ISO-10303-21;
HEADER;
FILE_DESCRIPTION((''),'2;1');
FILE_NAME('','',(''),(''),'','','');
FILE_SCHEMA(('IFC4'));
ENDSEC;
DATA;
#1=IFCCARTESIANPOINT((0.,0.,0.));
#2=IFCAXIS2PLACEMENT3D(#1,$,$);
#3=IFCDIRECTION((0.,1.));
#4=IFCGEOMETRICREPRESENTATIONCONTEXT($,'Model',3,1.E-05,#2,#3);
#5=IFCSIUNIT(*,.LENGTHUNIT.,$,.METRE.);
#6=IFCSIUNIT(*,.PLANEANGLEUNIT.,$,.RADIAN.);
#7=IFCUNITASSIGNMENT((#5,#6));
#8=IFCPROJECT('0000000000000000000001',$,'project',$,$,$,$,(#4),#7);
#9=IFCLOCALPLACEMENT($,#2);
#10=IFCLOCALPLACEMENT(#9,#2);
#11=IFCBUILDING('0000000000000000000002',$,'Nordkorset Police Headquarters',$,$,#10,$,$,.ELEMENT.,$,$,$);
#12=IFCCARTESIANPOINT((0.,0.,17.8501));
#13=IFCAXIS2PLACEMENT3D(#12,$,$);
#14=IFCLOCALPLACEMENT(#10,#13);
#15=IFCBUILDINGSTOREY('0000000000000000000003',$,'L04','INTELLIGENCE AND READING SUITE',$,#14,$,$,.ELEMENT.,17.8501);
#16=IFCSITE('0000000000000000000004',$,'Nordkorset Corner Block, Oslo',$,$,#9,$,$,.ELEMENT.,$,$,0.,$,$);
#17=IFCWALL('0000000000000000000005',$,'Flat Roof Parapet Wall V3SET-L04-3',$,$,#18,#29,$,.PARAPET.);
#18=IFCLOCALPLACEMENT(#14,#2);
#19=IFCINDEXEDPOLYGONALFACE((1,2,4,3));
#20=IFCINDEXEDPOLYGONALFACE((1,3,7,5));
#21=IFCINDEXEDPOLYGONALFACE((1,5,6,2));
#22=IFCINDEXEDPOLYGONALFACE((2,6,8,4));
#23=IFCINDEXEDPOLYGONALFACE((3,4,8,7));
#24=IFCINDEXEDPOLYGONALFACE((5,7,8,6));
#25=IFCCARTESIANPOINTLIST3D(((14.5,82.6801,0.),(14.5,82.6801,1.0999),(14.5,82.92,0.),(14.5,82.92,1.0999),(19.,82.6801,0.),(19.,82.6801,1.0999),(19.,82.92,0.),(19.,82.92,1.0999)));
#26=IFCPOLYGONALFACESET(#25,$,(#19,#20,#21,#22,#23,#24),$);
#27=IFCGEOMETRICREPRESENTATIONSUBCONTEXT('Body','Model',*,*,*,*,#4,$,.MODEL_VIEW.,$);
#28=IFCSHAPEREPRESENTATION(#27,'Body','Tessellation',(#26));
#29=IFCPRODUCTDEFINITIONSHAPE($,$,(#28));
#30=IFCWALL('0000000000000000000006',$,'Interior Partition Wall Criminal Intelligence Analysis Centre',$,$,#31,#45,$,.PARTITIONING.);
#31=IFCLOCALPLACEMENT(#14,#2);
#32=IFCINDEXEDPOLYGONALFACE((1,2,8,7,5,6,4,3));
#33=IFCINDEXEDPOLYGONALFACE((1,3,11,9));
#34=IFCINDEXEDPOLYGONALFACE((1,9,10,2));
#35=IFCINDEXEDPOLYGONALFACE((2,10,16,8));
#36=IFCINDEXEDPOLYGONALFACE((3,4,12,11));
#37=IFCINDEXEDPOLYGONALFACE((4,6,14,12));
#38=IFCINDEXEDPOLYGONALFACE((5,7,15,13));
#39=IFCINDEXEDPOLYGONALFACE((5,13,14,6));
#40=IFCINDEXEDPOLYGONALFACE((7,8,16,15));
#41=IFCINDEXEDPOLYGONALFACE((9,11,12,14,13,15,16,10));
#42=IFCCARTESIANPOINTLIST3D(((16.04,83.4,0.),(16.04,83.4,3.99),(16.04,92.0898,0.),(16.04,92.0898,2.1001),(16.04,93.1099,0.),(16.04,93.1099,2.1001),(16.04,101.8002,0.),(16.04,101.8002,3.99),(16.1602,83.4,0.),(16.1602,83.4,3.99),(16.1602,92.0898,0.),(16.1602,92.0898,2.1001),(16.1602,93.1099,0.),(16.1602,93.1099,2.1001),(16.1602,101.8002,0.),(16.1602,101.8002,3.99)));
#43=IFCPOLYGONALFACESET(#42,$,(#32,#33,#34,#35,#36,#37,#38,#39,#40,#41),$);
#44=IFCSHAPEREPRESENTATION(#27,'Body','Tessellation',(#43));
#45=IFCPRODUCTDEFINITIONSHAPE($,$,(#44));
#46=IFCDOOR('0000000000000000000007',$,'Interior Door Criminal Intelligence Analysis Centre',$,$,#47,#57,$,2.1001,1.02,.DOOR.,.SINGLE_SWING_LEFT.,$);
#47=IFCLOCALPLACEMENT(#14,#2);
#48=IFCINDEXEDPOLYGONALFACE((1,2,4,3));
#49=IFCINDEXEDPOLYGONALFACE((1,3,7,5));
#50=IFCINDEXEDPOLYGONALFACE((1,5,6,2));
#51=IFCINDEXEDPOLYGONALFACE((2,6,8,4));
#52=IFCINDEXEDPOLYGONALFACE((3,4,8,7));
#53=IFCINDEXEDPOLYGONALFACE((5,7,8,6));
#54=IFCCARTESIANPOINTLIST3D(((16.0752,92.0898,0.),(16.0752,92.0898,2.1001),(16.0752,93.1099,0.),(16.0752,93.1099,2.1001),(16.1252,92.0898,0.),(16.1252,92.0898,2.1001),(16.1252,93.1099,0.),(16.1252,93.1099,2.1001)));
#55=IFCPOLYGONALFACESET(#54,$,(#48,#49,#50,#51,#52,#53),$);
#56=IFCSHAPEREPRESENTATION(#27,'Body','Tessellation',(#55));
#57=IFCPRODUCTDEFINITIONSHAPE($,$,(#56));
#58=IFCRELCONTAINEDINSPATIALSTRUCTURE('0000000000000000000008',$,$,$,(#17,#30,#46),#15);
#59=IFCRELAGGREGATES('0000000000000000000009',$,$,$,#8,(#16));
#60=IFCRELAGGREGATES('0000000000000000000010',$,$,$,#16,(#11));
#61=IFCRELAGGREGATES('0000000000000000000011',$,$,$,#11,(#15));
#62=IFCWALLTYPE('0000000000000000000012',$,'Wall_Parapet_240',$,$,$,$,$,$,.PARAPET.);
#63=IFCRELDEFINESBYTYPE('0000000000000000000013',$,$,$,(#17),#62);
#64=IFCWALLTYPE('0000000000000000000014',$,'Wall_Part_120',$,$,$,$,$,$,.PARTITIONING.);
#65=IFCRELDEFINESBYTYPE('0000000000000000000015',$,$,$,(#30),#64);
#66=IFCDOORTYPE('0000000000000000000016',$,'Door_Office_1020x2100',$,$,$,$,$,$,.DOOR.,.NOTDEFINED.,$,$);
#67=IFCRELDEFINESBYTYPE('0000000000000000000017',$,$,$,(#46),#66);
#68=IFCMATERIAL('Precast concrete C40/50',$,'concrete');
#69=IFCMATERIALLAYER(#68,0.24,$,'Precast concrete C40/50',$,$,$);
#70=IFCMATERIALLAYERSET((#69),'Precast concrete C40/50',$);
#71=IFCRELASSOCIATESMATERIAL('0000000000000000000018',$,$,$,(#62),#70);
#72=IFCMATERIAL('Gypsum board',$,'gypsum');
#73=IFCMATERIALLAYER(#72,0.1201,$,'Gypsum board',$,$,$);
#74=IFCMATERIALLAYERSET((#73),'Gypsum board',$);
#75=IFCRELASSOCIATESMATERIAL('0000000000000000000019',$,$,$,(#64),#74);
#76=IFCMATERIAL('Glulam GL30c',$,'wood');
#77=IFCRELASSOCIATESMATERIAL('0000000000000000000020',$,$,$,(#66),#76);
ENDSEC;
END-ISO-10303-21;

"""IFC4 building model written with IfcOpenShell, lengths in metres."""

from ifc_helpers import new_model, si_unit, direction, frame, frame_2d, origin, place, context, subcontext, project, spatial, rectangle, extrude, material, layer, layer_set, type_object, element, fill, save


model = new_model("IFC4")

# Units and contexts
model_context = context("Model", 3, precision=1e-05, world=origin(), true_north=direction((0.0, 1.0)))
body_context = subcontext(model_context, "Body", "Model", "MODEL_VIEW")
ifc_project = project(units=[si_unit("LENGTHUNIT", "METRE"), si_unit("PLANEANGLEUNIT", "RADIAN")], contexts=[model_context])

# Site, building, storey
site_placement = place(None, origin())
site = spatial("IfcSite", under=ifc_project, at=site_placement, Name="Nordkorset Corner Block, Oslo", CompositionType="ELEMENT", RefElevation=0.0)
building_placement = place(site_placement, origin())
building = spatial("IfcBuilding", under=site, at=building_placement, Name="Nordkorset Police Headquarters", CompositionType="ELEMENT")
storey_placement = place(building_placement, frame((0.0, 0.0, 17.8501)))
storey = spatial("IfcBuildingStorey", under=building, at=storey_placement, Name="L04", Description="INTELLIGENCE AND READING SUITE", CompositionType="ELEMENT", Elevation=17.8501)

# Wall
ifc_material_1 = material(Name="Precast concrete C40/50", Category="concrete")
ifc_layer_1 = layer(ifc_material_1, 0.24, Name="Precast concrete C40/50")
ifc_layer_set_1 = layer_set([ifc_layer_1], Name="Precast concrete C40/50")
wall_type_1 = type_object("IfcWallType", Name="Wall_Parapet_240", PredefinedType="PARAPET", material=ifc_layer_set_1)
wall_1_placement = place(storey_placement, frame((19.0, 82.8, 0.0), z_axis=(0.0, 0.0, 1.0), x_axis=(-1.0, 0.0, 0.0)))
element("IfcWall", 1, at=wall_1_placement, inside=storey, type_object=wall_type_1, Name="Flat Roof Parapet Wall V3SET-L04-3", PredefinedType="PARAPET", context=body_context, shape_type="SweptSolid", body=[
    extrude(rectangle(XDim=4.5, YDim=0.24, at=frame_2d((2.25, 0.0))), origin(), (0.0, 0.0, 1.0), 1.0999),
])

# Wall, opening, door
ifc_material_2 = material(Name="Gypsum board", Category="gypsum")
ifc_layer_2 = layer(ifc_material_2, 0.1201, Name="Gypsum board")
ifc_layer_set_2 = layer_set([ifc_layer_2], Name="Gypsum board")
wall_type_2 = type_object("IfcWallType", Name="Wall_Part_120", PredefinedType="PARTITIONING", material=ifc_layer_set_2)
wall_2_placement = place(storey_placement, frame((16.1001, 83.3999, 0.0), z_axis=(0.0, 0.0, 1.0), x_axis=(0.0, 1.0, 0.0)))
wall_2 = element("IfcWall", 2, at=wall_2_placement, inside=storey, type_object=wall_type_2, Name="Interior Partition Wall Criminal Intelligence Analysis Centre", PredefinedType="PARTITIONING", context=body_context, shape_type="SweptSolid", body=[
    extrude(rectangle(XDim=18.4001, YDim=0.1201, at=frame_2d((9.2002, 0.0))), origin(), (0.0, 0.0, 1.0), 3.99),
])
opening_placement = place(wall_2_placement, frame((8.6899, 0.0, 0.0)))
opening = element("IfcOpeningElement", 3, at=opening_placement, cuts=wall_2, PredefinedType="OPENING", context=body_context, shape_type="SweptSolid", body=[
    extrude(rectangle(XDim=1.02, YDim=2.1001, at=frame_2d((0.51, 1.05))), frame((0.0, 0.0701, 0.0), z_axis=(0.0, -1.0, 0.0), x_axis=(1.0, 0.0, 0.0)), (0.0, 0.0, 1.0), 0.1401),
])
ifc_material_3 = material(Name="Glulam GL30c", Category="wood")
door_type = type_object("IfcDoorType", Name="Door_Office_1020x2100", OperationType="NOTDEFINED", PredefinedType="DOOR", material=ifc_material_3)
door_placement = place(opening_placement, origin())
door = element("IfcDoor", 4, at=door_placement, inside=storey, type_object=door_type, Name="Interior Door Criminal Intelligence Analysis Centre", OperationType="SINGLE_SWING_LEFT", OverallHeight=2.1001, OverallWidth=1.02, PredefinedType="DOOR", context=body_context, shape_type="SweptSolid", body=[
    extrude(rectangle(XDim=1.02, YDim=2.1001, at=frame_2d((0.51, 1.05))), frame((0.0, 0.0249, 0.0), z_axis=(0.0, -1.0, 0.0), x_axis=(1.0, 0.0, 0.0)), (0.0, 0.0, 1.0), 0.05),
])
fill(opening, door)

save(model, "model.ifc")
